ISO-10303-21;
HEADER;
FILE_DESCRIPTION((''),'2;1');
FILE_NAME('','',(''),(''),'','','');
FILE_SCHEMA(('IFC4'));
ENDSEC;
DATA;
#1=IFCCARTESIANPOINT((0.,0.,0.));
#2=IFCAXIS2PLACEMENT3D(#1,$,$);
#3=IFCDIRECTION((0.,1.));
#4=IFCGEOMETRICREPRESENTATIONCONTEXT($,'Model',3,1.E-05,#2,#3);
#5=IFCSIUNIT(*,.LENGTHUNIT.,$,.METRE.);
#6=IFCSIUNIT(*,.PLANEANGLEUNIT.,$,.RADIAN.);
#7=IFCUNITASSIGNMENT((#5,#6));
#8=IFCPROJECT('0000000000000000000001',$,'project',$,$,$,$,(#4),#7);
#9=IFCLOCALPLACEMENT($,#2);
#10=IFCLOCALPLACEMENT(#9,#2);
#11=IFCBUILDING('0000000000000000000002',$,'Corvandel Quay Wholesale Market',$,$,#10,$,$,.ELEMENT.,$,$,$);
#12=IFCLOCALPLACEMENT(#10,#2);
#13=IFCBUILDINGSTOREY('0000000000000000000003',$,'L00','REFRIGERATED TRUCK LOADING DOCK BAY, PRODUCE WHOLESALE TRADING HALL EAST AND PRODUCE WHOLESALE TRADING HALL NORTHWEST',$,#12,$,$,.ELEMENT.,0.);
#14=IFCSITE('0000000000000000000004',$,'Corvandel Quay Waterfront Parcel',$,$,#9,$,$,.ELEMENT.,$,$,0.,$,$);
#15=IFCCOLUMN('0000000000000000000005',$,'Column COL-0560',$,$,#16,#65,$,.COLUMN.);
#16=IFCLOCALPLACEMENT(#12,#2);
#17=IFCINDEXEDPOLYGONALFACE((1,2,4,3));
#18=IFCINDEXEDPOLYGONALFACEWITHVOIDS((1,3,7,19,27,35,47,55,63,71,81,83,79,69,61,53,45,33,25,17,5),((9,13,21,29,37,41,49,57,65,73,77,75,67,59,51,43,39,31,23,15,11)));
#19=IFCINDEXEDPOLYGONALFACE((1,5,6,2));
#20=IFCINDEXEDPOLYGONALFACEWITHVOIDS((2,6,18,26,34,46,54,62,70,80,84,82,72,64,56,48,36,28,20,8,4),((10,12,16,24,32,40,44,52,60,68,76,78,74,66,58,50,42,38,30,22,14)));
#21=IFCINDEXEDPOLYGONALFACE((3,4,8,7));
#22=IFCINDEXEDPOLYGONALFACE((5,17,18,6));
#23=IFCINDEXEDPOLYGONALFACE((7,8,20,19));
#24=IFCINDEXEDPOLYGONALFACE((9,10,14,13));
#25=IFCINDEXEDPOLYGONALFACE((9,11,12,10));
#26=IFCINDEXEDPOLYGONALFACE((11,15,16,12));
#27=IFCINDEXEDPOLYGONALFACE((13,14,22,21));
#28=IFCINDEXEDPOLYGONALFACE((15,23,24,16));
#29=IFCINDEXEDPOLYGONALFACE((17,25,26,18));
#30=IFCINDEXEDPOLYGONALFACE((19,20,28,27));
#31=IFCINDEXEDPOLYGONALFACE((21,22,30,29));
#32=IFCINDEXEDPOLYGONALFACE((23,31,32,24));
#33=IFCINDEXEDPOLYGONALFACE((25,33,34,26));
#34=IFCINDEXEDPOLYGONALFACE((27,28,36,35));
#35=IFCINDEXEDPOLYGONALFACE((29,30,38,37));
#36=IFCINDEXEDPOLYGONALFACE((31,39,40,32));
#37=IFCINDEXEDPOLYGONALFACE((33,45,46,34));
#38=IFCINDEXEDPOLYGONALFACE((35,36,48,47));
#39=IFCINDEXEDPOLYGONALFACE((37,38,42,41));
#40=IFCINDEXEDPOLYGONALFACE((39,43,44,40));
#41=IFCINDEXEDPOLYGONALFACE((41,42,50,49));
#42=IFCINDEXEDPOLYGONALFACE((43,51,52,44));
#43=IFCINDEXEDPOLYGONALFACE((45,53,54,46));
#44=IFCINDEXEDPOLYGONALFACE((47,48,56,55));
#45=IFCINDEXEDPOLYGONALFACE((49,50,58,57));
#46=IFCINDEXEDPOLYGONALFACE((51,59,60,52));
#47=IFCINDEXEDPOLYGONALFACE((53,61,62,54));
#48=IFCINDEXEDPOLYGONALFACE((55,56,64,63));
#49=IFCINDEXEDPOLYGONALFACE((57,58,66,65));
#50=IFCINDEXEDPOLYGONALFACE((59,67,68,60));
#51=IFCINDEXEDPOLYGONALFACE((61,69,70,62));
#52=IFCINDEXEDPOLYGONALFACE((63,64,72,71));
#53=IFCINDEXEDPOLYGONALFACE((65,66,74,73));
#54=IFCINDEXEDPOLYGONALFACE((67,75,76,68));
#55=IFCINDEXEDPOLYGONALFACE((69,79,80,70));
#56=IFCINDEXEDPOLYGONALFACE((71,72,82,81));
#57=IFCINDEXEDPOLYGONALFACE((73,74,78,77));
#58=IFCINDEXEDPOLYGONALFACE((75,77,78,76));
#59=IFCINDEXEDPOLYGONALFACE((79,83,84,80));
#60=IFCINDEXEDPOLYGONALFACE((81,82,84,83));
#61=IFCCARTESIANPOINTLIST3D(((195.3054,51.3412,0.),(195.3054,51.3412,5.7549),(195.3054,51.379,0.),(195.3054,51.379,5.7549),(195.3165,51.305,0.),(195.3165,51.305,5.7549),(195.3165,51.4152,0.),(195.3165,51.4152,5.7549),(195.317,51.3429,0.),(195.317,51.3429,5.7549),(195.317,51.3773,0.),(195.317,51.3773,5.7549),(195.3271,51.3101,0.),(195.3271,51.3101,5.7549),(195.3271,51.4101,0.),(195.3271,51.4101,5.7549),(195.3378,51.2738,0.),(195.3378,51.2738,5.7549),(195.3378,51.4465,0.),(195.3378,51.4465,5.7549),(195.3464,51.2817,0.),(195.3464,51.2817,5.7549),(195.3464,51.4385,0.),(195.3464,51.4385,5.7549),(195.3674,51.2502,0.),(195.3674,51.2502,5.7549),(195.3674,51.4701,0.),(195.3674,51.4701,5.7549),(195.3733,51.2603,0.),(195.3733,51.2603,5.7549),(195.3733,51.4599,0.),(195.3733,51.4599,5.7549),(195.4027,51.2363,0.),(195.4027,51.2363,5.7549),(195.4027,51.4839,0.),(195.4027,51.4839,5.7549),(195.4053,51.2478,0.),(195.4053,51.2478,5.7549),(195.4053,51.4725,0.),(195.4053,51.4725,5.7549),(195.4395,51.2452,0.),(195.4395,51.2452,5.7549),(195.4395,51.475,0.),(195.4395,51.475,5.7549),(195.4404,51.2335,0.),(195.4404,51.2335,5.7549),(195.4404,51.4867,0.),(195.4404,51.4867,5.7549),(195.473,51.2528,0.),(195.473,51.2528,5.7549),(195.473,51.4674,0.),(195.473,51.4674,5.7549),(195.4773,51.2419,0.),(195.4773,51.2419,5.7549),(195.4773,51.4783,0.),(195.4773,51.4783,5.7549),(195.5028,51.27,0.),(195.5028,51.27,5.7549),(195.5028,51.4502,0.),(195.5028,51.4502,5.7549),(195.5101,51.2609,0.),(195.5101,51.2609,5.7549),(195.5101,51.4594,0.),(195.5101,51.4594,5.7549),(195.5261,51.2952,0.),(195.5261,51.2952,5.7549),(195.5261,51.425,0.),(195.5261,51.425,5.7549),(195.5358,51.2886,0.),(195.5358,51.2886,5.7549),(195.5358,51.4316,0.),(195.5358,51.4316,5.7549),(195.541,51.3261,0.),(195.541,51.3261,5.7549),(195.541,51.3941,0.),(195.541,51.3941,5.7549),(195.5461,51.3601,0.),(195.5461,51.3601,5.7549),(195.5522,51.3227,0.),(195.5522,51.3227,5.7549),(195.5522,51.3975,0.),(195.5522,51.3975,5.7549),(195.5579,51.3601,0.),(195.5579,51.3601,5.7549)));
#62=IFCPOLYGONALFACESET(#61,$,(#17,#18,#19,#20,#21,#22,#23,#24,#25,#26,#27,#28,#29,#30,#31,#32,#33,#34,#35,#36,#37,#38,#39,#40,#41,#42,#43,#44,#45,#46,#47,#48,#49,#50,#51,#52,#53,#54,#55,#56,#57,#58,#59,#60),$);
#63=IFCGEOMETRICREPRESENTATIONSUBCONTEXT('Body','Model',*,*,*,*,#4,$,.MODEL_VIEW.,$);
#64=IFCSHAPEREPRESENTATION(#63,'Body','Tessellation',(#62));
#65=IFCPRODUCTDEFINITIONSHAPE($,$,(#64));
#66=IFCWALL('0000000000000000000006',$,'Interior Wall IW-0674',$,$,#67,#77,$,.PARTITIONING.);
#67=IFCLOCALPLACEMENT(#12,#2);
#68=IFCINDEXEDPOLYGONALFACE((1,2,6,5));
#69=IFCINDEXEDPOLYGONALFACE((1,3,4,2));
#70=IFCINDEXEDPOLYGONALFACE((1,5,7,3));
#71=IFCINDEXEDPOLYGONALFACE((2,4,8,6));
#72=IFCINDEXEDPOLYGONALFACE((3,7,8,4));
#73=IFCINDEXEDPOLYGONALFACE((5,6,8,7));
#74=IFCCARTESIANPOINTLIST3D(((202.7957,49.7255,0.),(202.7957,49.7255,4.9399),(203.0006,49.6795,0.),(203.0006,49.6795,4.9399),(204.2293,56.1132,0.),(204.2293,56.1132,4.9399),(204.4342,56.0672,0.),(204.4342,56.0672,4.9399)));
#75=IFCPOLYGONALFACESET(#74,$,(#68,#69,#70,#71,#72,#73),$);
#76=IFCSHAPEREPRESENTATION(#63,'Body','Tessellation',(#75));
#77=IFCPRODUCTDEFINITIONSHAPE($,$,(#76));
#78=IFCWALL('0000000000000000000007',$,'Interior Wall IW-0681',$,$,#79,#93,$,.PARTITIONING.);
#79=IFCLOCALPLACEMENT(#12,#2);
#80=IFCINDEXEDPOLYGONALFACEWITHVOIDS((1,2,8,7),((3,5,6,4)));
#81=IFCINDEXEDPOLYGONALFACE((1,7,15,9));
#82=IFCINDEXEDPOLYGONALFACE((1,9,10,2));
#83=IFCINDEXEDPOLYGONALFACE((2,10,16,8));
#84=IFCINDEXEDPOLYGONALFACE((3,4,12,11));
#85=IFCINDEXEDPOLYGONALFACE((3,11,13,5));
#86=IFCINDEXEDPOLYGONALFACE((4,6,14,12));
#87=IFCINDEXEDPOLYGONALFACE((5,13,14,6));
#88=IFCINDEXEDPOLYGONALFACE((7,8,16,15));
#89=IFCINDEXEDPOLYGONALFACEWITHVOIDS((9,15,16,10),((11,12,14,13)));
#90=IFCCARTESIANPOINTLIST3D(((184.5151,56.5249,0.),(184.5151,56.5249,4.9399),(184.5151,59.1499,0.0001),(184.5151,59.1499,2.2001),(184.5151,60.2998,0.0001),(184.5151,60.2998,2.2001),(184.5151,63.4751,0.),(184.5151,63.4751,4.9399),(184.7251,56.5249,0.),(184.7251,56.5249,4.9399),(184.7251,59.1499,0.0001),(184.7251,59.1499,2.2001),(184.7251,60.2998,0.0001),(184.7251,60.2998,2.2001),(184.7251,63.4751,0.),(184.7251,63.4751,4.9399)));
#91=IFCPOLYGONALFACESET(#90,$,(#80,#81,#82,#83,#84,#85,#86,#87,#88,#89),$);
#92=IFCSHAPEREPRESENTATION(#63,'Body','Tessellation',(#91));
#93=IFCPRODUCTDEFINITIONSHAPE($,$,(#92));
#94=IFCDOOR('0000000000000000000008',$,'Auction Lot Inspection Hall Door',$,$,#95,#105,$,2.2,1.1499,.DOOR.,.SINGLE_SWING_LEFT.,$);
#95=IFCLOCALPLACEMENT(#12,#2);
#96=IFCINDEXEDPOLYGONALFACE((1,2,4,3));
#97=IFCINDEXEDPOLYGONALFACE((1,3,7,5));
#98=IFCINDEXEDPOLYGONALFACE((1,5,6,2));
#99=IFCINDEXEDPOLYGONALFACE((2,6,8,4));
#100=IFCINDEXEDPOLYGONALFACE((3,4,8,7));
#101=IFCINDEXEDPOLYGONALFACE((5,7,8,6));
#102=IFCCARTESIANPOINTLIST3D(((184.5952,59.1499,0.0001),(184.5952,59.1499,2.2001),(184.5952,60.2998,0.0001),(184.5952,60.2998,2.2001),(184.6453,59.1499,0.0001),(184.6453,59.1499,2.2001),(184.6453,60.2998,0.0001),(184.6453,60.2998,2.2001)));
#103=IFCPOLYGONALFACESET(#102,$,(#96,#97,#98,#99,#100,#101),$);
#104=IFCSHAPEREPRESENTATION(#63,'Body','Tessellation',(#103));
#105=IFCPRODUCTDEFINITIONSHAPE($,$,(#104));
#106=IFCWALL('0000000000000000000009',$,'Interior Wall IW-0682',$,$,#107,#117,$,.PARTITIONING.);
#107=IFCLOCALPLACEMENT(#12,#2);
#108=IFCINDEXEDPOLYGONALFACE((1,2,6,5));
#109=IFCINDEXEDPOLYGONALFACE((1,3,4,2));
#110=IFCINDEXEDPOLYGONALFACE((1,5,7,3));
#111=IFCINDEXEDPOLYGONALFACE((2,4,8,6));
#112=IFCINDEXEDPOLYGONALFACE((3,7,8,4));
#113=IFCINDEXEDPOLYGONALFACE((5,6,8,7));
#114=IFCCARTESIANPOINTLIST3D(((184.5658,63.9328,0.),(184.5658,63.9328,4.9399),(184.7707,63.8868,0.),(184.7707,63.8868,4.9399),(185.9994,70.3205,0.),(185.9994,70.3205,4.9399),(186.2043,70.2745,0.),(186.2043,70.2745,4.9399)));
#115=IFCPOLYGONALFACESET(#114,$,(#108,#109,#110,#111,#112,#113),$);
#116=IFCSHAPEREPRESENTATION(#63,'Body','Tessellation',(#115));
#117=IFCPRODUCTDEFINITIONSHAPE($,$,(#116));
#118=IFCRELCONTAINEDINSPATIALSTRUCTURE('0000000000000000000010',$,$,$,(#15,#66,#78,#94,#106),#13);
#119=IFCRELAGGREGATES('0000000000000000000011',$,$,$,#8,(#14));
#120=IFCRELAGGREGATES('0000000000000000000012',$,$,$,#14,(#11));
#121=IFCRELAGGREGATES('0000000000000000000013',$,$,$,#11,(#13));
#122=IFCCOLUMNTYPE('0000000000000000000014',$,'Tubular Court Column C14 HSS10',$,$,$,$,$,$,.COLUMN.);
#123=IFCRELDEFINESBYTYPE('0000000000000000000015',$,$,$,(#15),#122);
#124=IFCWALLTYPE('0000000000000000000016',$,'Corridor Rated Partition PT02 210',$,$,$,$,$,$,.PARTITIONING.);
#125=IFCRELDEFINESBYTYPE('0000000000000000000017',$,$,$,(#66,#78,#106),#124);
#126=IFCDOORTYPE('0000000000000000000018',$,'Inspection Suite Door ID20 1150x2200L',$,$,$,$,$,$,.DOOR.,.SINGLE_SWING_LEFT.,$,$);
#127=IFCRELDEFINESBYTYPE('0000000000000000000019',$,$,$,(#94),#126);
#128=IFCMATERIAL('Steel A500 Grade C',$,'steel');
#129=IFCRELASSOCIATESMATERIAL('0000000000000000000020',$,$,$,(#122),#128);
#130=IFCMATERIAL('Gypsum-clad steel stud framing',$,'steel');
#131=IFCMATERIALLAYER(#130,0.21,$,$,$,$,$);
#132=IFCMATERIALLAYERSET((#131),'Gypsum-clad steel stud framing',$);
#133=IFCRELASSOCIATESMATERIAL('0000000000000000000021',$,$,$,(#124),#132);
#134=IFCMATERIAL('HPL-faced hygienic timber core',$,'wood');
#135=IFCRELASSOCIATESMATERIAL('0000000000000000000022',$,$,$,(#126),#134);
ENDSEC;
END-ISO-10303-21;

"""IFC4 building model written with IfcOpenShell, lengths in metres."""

from ifc_helpers import new_model, si_unit, direction, frame, frame_2d, origin, origin_2d, place, context, subcontext, project, spatial, rectangle, hollow_circle, extrude, material, layer, layer_set, material_profile, profile_set, type_object, element, fill, save


model = new_model("IFC4")

# Units and contexts
model_context = context("Model", 3, precision=1e-05, world=origin(), true_north=direction((0.0, 1.0)))
body_context = subcontext(model_context, "Body", "Model", "MODEL_VIEW")
ifc_project = project(units=[si_unit("LENGTHUNIT", "METRE"), si_unit("PLANEANGLEUNIT", "RADIAN")], contexts=[model_context])

# Site, building, storey
site_placement = place(None, origin())
site = spatial("IfcSite", under=ifc_project, at=site_placement, Name="Corvandel Quay Waterfront Parcel", CompositionType="ELEMENT", RefElevation=0.0)
building_placement = place(site_placement, origin())
building = spatial("IfcBuilding", under=site, at=building_placement, Name="Corvandel Quay Wholesale Market", CompositionType="ELEMENT")
storey_placement = place(building_placement, origin())
storey = spatial("IfcBuildingStorey", under=building, at=storey_placement, Name="L00", Description="REFRIGERATED TRUCK LOADING DOCK BAY, PRODUCE WHOLESALE TRADING HALL EAST AND PRODUCE WHOLESALE TRADING HALL NORTHWEST", CompositionType="ELEMENT", Elevation=0.0)

# Column
ifc_material_1 = material(Name="Steel A500 Grade C", Category="steel")
ifc_material_profile_1 = material_profile(ifc_material_1, hollow_circle(Radius=0.127, WallThickness=0.0117, at=origin_2d()), Name="HSS10.000X0.500")
ifc_profile_set_1 = profile_set([ifc_material_profile_1], Name="Steel A500 Grade C")
column_type_1 = type_object("IfcColumnType", Name="Tubular Court Column C14 HSS10", PredefinedType="COLUMN", material=ifc_profile_set_1)
for number, where, z_axis, x_axis, name in (
    (1, (195.4309, 51.3601, 0.0), (0.0, 0.0, 1.0), (1.0, 0.0, 0.0), "Column COL-0560"),
):
    element("IfcColumn", number, at=place(storey_placement, frame(where, z_axis=z_axis, x_axis=x_axis)), inside=storey, type_object=column_type_1, Name=name, PredefinedType="COLUMN", context=body_context, shape_type="SweptSolid", body=[
        extrude(hollow_circle(Radius=0.127, WallThickness=0.0117, at=origin_2d()), origin(), (0.0, 0.0, 1.0), 5.7549),
    ])

# Wall
ifc_material_2 = material(Name="Gypsum-clad steel stud framing", Category="steel")
ifc_layer_1 = layer(ifc_material_2, 0.21)
ifc_layer_set_1 = layer_set([ifc_layer_1], Name="Gypsum-clad steel stud framing")
wall_type = type_object("IfcWallType", Name="Corridor Rated Partition PT02 210", PredefinedType="PARTITIONING", material=ifc_layer_set_1)
wall_1_placement = place(storey_placement, frame((204.3318, 56.0903, 0.0), z_axis=(0.0, 0.0, 1.0), x_axis=(-0.218983, -0.975729, 0.0)))
element("IfcWall", 2, at=wall_1_placement, inside=storey, type_object=wall_type, Name="Interior Wall IW-0674", PredefinedType="PARTITIONING", context=body_context, shape_type="SweptSolid", body=[
    extrude(rectangle(XDim=6.5466, YDim=0.21, at=frame_2d((3.2734, 0.0))), origin(), (0.0, 0.0, 1.0), 4.9399),
])

# Wall, opening, door
wall_2_placement = place(storey_placement, frame((184.6201, 56.5249, 0.0), z_axis=(0.0, 0.0, 1.0), x_axis=(0.0, 1.0, 0.0)))
wall_2 = element("IfcWall", 3, at=wall_2_placement, inside=storey, type_object=wall_type, Name="Interior Wall IW-0681", PredefinedType="PARTITIONING", context=body_context, shape_type="SweptSolid", body=[
    extrude(rectangle(XDim=6.9502, YDim=0.21, at=frame_2d((3.4751, 0.0))), origin(), (0.0, 0.0, 1.0), 4.9399),
])
opening_placement = place(wall_2_placement, frame((2.625, 0.0, 0.0)))
opening = element("IfcOpeningElement", 4, at=opening_placement, cuts=wall_2, PredefinedType="OPENING", context=body_context, shape_type="SweptSolid", body=[
    extrude(rectangle(XDim=1.1499, YDim=2.2, at=frame_2d((0.575, 1.1001))), frame((0.0, 0.115, 0.0), z_axis=(0.0, -1.0, 0.0), x_axis=(1.0, 0.0, 0.0)), (0.0, 0.0, 1.0), 0.23),
])
ifc_material_3 = material(Name="HPL-faced hygienic timber core", Category="wood")
door_type = type_object("IfcDoorType", Name="Inspection Suite Door ID20 1150x2200L", OperationType="SINGLE_SWING_LEFT", PredefinedType="DOOR", material=ifc_material_3)
door_placement = place(opening_placement, origin())
door = element("IfcDoor", 5, at=door_placement, inside=storey, type_object=door_type, Name="Auction Lot Inspection Hall Door", OperationType="SINGLE_SWING_LEFT", OverallHeight=2.2, OverallWidth=1.1499, PredefinedType="DOOR", context=body_context, shape_type="SweptSolid", body=[
    extrude(rectangle(XDim=1.1499, YDim=2.2, at=frame_2d((0.575, 1.1001))), frame((0.0, 0.0249, 0.0), z_axis=(0.0, -1.0, 0.0), x_axis=(1.0, 0.0, 0.0)), (0.0, 0.0, 1.0), 0.05),
])
fill(opening, door)

# Wall
wall_3_placement = place(storey_placement, frame((184.6682, 63.9097, 0.0), z_axis=(0.0, 0.0, 1.0), x_axis=(0.218983, 0.975729, 0.0)))
element("IfcWall", 6, at=wall_3_placement, inside=storey, type_object=wall_type, Name="Interior Wall IW-0682", PredefinedType="PARTITIONING", context=body_context, shape_type="SweptSolid", body=[
    extrude(rectangle(XDim=6.5466, YDim=0.21, at=frame_2d((3.2734, 0.0))), origin(), (0.0, 0.0, 1.0), 4.9399),
])

save(model, "model.ifc")
